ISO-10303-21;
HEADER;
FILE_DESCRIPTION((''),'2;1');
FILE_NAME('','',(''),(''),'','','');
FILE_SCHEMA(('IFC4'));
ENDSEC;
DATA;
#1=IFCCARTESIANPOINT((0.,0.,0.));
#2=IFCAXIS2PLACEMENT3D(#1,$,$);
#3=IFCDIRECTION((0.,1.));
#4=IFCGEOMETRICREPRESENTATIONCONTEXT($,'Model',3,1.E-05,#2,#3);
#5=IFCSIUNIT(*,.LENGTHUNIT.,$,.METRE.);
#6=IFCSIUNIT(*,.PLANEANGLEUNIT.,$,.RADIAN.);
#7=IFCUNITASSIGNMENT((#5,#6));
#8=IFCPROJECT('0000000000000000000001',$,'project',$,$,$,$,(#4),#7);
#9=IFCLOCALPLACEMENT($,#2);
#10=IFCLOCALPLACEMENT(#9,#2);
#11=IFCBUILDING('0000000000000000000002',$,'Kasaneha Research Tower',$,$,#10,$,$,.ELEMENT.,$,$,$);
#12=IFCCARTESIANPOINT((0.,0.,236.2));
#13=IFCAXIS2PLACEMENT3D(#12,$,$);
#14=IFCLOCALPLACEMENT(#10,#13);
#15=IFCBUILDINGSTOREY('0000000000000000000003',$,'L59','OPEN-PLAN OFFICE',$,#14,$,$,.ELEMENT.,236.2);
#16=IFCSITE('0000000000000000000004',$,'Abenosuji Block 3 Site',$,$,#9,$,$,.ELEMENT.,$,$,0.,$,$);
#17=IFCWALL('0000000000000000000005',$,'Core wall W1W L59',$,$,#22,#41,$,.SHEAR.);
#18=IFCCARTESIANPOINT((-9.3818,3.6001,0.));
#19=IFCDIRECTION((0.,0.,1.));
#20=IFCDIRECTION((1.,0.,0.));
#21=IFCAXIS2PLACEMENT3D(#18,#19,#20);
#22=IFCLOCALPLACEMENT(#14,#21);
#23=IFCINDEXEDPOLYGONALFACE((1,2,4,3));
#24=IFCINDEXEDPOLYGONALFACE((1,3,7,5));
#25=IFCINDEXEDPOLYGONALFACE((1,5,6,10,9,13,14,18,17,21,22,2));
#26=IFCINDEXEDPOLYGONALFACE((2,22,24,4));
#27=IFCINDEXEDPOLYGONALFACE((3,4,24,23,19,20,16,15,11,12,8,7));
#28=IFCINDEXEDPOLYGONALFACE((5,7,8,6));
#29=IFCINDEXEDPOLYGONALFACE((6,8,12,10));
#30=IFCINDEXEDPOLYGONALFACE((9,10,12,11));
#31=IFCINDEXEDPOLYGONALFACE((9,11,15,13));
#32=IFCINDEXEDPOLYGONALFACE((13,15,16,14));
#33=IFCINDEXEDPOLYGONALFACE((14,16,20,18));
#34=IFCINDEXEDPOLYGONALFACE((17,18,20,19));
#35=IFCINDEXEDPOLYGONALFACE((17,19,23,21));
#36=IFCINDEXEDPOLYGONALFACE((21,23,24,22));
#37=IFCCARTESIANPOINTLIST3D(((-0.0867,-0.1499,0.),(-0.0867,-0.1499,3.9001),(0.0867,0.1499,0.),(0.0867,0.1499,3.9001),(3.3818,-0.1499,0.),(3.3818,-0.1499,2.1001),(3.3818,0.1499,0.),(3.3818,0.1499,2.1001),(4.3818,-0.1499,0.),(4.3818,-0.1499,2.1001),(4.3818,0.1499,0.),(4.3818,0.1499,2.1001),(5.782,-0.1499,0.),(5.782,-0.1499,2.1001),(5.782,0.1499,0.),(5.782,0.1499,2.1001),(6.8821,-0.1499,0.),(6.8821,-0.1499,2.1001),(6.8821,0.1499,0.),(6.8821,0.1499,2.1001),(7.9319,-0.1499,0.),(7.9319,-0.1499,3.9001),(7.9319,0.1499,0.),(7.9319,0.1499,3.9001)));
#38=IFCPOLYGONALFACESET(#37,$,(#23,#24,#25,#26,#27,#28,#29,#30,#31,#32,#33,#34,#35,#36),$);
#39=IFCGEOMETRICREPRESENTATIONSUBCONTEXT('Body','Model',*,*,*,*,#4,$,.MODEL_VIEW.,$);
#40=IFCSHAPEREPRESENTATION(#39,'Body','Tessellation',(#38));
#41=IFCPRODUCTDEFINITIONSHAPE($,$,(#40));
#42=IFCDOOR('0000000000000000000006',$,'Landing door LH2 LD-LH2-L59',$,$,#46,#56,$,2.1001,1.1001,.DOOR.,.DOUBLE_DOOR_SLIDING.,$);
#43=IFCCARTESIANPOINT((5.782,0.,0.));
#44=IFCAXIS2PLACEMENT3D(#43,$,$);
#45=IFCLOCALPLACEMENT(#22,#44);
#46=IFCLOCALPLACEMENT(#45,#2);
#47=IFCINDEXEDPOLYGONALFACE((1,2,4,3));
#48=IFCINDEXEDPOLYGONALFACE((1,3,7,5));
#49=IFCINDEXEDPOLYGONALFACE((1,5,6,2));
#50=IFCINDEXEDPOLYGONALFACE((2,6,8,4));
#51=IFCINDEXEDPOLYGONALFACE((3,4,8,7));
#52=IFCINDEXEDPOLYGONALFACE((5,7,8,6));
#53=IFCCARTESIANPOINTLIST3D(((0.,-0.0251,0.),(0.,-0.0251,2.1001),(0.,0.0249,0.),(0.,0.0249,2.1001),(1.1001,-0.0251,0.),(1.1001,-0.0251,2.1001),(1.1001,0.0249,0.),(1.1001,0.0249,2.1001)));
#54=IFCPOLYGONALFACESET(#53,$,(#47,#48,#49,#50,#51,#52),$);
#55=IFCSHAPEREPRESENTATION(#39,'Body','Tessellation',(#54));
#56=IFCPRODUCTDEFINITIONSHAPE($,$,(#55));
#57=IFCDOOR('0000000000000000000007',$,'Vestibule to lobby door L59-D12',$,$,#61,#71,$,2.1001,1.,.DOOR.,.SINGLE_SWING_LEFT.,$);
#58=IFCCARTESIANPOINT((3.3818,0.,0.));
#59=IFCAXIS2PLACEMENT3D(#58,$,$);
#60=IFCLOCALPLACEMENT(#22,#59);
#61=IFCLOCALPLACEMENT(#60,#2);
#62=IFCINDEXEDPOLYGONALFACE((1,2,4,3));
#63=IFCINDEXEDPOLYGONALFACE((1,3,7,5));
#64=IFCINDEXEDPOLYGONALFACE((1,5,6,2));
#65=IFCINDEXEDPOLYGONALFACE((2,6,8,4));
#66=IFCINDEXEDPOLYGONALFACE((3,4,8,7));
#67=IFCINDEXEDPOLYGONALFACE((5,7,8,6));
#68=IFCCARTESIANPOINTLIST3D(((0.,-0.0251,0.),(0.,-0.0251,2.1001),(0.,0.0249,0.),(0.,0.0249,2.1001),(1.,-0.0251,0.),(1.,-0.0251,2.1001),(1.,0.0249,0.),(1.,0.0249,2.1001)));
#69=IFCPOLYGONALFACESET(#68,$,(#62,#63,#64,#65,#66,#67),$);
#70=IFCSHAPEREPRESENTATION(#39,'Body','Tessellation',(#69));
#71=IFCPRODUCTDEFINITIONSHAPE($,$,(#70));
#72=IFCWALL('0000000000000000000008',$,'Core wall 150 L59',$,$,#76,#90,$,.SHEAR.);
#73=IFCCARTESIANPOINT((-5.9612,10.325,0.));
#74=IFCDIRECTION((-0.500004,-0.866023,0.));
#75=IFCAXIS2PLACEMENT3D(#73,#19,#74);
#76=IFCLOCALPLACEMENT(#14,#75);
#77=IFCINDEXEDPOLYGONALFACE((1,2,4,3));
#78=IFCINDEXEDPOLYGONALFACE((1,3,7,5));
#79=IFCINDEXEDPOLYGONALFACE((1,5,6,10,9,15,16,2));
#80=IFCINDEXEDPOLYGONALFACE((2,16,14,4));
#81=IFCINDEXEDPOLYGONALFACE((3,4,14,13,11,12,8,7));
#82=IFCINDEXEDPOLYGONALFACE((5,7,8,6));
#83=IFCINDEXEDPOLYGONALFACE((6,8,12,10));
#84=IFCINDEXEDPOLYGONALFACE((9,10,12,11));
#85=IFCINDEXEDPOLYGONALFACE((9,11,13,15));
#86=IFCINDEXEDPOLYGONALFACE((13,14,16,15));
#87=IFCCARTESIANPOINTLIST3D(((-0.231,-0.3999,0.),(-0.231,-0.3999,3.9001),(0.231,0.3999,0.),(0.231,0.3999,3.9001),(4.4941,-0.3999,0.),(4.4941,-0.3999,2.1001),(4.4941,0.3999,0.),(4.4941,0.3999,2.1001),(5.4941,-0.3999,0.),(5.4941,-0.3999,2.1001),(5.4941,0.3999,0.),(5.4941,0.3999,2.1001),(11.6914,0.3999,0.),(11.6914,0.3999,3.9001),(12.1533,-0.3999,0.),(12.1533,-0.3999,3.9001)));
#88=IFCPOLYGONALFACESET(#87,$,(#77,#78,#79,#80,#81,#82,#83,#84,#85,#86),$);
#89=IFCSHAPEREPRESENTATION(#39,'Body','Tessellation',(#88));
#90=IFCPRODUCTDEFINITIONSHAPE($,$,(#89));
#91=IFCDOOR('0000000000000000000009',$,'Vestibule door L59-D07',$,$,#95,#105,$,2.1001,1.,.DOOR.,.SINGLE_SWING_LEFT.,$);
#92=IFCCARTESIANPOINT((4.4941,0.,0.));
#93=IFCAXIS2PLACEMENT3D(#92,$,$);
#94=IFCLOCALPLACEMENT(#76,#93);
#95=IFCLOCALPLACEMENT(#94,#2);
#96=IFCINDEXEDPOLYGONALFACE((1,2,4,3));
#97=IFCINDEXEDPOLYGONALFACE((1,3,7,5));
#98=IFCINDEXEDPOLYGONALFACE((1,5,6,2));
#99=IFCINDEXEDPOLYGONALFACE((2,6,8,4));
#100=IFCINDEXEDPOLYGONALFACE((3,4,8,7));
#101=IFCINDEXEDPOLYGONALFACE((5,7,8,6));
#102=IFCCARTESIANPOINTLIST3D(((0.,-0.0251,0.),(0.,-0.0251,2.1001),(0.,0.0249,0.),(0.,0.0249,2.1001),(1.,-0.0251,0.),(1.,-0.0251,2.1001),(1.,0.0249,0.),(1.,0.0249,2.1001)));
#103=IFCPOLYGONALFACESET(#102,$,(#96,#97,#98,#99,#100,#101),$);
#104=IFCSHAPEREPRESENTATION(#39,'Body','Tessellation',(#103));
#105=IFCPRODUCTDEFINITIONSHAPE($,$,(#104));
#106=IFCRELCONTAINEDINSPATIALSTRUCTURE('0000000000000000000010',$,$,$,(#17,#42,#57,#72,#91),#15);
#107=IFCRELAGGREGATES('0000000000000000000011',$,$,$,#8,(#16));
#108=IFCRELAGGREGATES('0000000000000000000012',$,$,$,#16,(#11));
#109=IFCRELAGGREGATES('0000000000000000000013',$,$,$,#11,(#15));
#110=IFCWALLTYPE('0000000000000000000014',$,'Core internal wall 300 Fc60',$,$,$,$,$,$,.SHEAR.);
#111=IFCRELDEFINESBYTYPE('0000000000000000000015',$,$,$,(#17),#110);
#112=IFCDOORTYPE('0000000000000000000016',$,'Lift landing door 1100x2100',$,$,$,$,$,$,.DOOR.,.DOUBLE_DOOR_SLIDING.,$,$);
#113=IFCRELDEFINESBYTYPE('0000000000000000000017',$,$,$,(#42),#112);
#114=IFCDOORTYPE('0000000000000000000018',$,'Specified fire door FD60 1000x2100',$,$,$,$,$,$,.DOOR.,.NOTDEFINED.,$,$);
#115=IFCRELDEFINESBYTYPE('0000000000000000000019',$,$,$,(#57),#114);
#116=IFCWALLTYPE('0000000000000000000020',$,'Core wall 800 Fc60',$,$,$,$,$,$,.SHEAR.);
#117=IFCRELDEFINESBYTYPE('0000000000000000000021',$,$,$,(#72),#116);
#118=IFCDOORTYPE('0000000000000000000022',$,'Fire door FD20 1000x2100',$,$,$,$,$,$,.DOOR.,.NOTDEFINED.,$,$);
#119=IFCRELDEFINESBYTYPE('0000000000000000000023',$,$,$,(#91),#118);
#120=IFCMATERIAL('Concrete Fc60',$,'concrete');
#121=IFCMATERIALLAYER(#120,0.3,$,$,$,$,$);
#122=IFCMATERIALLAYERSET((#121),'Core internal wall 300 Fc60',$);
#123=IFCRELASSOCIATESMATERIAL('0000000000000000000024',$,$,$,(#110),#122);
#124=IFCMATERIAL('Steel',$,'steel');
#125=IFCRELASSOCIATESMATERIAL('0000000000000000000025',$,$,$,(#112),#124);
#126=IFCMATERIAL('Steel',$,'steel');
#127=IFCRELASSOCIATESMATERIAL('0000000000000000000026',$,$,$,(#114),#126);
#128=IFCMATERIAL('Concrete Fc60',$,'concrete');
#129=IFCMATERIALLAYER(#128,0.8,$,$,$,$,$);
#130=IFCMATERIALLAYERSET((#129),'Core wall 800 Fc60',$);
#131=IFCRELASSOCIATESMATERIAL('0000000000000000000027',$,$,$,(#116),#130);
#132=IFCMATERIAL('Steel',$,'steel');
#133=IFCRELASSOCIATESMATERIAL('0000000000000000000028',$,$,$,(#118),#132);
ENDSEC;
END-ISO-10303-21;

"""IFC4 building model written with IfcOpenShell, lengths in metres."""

from ifc_helpers import new_model, si_unit, direction, frame, frame_2d, origin, place, context, subcontext, project, spatial, polyline, rectangle, outline, extrude, material, layer, layer_set, type_object, element, fill, save


model = new_model("IFC4")

# Units and contexts
model_context = context("Model", 3, precision=1e-05, world=origin(), true_north=direction((0.0, 1.0)))
body_context = subcontext(model_context, "Body", "Model", "MODEL_VIEW")
ifc_project = project(units=[si_unit("LENGTHUNIT", "METRE"), si_unit("PLANEANGLEUNIT", "RADIAN")], contexts=[model_context])

# Site, building, storey
site_placement = place(None, origin())
site = spatial("IfcSite", under=ifc_project, at=site_placement, Name="Abenosuji Block 3 Site", CompositionType="ELEMENT", RefElevation=0.0)
building_placement = place(site_placement, origin())
building = spatial("IfcBuilding", under=site, at=building_placement, Name="Kasaneha Research Tower", CompositionType="ELEMENT")
storey_placement = place(building_placement, frame((0.0, 0.0, 236.2)))
storey = spatial("IfcBuildingStorey", under=building, at=storey_placement, Name="L59", Description="OPEN-PLAN OFFICE", CompositionType="ELEMENT", Elevation=236.2)

# Wall, openings, doors
ifc_material_1 = material(Name="Concrete Fc60", Category="concrete")
ifc_layer_1 = layer(ifc_material_1, 0.3)
ifc_layer_set_1 = layer_set([ifc_layer_1], Name="Core internal wall 300 Fc60")
wall_type_1 = type_object("IfcWallType", Name="Core internal wall 300 Fc60", PredefinedType="SHEAR", material=ifc_layer_set_1)
wall_1_placement = place(storey_placement, frame((-9.3818, 3.6001, 0.0), z_axis=(0.0, 0.0, 1.0), x_axis=(1.0, 0.0, 0.0)))
wall_1 = element("IfcWall", 1, at=wall_1_placement, inside=storey, type_object=wall_type_1, Name="Core wall W1W L59", PredefinedType="SHEAR", context=body_context, shape_type="SweptSolid", body=[
    extrude(outline(polyline([(-0.0867, -0.1499), (3.3818, -0.1499), (4.3818, -0.1499), (5.782, -0.1499), (6.8821, -0.1499), (7.9319, -0.1499), (7.9319, 0.1499), (6.8821, 0.1499), (5.782, 0.1499), (4.3818, 0.1499), (3.3818, 0.1499), (0.0867, 0.1499), (-0.0867, -0.1499)])), origin(), (0.0, 0.0, 1.0), 3.9001),
])
opening_1_placement = place(wall_1_placement, frame((3.3818, 0.0, 0.0)))
opening_1 = element("IfcOpeningElement", 2, at=opening_1_placement, cuts=wall_1, PredefinedType="OPENING", context=body_context, shape_type="SweptSolid", body=[
    extrude(rectangle(XDim=1.0, YDim=2.1001, at=frame_2d((0.5, 1.05))), frame((0.0, 0.1602, 0.0), z_axis=(0.0, -1.0, 0.0), x_axis=(1.0, 0.0, 0.0)), (0.0, 0.0, 1.0), 0.3201),
])
opening_2_placement = place(wall_1_placement, frame((5.782, 0.0, 0.0)))
opening_2 = element("IfcOpeningElement", 3, at=opening_2_placement, cuts=wall_1, PredefinedType="OPENING", context=body_context, shape_type="SweptSolid", body=[
    extrude(rectangle(XDim=1.1001, YDim=2.1001, at=frame_2d((0.55, 1.05))), frame((0.0, 0.1602, 0.0), z_axis=(0.0, -1.0, 0.0), x_axis=(1.0, 0.0, 0.0)), (0.0, 0.0, 1.0), 0.3201),
])
ifc_material_2 = material(Name="Steel", Category="steel")
door_type_1 = type_object("IfcDoorType", Name="Lift landing door 1100x2100", OperationType="DOUBLE_DOOR_SLIDING", PredefinedType="DOOR", material=ifc_material_2)
door_1_placement = place(opening_2_placement, origin())
door_1 = element("IfcDoor", 4, at=door_1_placement, inside=storey, type_object=door_type_1, Name="Landing door LH2 LD-LH2-L59", OperationType="DOUBLE_DOOR_SLIDING", OverallHeight=2.1001, OverallWidth=1.1001, PredefinedType="DOOR", context=body_context, shape_type="SweptSolid", body=[
    extrude(rectangle(XDim=1.1001, YDim=2.1001, at=frame_2d((0.55, 1.05))), frame((0.0, 0.0249, 0.0), z_axis=(0.0, -1.0, 0.0), x_axis=(1.0, 0.0, 0.0)), (0.0, 0.0, 1.0), 0.05),
])
fill(opening_2, door_1)
ifc_material_3 = material(Name="Steel", Category="steel")
door_type_2 = type_object("IfcDoorType", Name="Specified fire door FD60 1000x2100", OperationType="NOTDEFINED", PredefinedType="DOOR", material=ifc_material_3)
door_2_placement = place(opening_1_placement, origin())
door_2 = element("IfcDoor", 5, at=door_2_placement, inside=storey, type_object=door_type_2, Name="Vestibule to lobby door L59-D12", OperationType="SINGLE_SWING_LEFT", OverallHeight=2.1001, OverallWidth=1.0, PredefinedType="DOOR", context=body_context, shape_type="SweptSolid", body=[
    extrude(rectangle(XDim=1.0, YDim=2.1001, at=frame_2d((0.5, 1.05))), frame((0.0, 0.0249, 0.0), z_axis=(0.0, -1.0, 0.0), x_axis=(1.0, 0.0, 0.0)), (0.0, 0.0, 1.0), 0.05),
])
fill(opening_1, door_2)

# Wall, opening, door
ifc_material_4 = material(Name="Concrete Fc60", Category="concrete")
ifc_layer_2 = layer(ifc_material_4, 0.8)
ifc_layer_set_2 = layer_set([ifc_layer_2], Name="Core wall 800 Fc60")
wall_type_2 = type_object("IfcWallType", Name="Core wall 800 Fc60", PredefinedType="SHEAR", material=ifc_layer_set_2)
wall_2_placement = place(storey_placement, frame((-5.9612, 10.325, 0.0), z_axis=(0.0, 0.0, 1.0), x_axis=(-0.500004, -0.866023, 0.0)))
wall_2 = element("IfcWall", 6, at=wall_2_placement, inside=storey, type_object=wall_type_2, Name="Core wall 150 L59", PredefinedType="SHEAR", context=body_context, shape_type="SweptSolid", body=[
    extrude(outline(polyline([(-0.231, -0.3999), (4.4941, -0.3999), (5.4941, -0.3999), (12.1533, -0.3999), (11.6914, 0.3999), (5.4941, 0.3999), (4.4941, 0.3999), (0.231, 0.3999), (-0.231, -0.3999)])), origin(), (0.0, 0.0, 1.0), 3.9001),
])
opening_3_placement = place(wall_2_placement, frame((4.4941, 0.0, 0.0)))
opening_3 = element("IfcOpeningElement", 7, at=opening_3_placement, cuts=wall_2, PredefinedType="OPENING", context=body_context, shape_type="SweptSolid", body=[
    extrude(rectangle(XDim=1.0, YDim=2.1001, at=frame_2d((0.5, 1.05))), frame((0.0, 0.4102, 0.0), z_axis=(0.0, -1.0, 0.0), x_axis=(1.0, 0.0, 0.0)), (0.0, 0.0, 1.0), 0.8201),
])
ifc_material_5 = material(Name="Steel", Category="steel")
door_type_3 = type_object("IfcDoorType", Name="Fire door FD20 1000x2100", OperationType="NOTDEFINED", PredefinedType="DOOR", material=ifc_material_5)
door_3_placement = place(opening_3_placement, origin())
door_3 = element("IfcDoor", 8, at=door_3_placement, inside=storey, type_object=door_type_3, Name="Vestibule door L59-D07", OperationType="SINGLE_SWING_LEFT", OverallHeight=2.1001, OverallWidth=1.0, PredefinedType="DOOR", context=body_context, shape_type="SweptSolid", body=[
    extrude(rectangle(XDim=1.0, YDim=2.1001, at=frame_2d((0.5, 1.05))), frame((0.0, 0.0249, 0.0), z_axis=(0.0, -1.0, 0.0), x_axis=(1.0, 0.0, 0.0)), (0.0, 0.0, 1.0), 0.05),
])
fill(opening_3, door_3)

save(model, "model.ifc")
